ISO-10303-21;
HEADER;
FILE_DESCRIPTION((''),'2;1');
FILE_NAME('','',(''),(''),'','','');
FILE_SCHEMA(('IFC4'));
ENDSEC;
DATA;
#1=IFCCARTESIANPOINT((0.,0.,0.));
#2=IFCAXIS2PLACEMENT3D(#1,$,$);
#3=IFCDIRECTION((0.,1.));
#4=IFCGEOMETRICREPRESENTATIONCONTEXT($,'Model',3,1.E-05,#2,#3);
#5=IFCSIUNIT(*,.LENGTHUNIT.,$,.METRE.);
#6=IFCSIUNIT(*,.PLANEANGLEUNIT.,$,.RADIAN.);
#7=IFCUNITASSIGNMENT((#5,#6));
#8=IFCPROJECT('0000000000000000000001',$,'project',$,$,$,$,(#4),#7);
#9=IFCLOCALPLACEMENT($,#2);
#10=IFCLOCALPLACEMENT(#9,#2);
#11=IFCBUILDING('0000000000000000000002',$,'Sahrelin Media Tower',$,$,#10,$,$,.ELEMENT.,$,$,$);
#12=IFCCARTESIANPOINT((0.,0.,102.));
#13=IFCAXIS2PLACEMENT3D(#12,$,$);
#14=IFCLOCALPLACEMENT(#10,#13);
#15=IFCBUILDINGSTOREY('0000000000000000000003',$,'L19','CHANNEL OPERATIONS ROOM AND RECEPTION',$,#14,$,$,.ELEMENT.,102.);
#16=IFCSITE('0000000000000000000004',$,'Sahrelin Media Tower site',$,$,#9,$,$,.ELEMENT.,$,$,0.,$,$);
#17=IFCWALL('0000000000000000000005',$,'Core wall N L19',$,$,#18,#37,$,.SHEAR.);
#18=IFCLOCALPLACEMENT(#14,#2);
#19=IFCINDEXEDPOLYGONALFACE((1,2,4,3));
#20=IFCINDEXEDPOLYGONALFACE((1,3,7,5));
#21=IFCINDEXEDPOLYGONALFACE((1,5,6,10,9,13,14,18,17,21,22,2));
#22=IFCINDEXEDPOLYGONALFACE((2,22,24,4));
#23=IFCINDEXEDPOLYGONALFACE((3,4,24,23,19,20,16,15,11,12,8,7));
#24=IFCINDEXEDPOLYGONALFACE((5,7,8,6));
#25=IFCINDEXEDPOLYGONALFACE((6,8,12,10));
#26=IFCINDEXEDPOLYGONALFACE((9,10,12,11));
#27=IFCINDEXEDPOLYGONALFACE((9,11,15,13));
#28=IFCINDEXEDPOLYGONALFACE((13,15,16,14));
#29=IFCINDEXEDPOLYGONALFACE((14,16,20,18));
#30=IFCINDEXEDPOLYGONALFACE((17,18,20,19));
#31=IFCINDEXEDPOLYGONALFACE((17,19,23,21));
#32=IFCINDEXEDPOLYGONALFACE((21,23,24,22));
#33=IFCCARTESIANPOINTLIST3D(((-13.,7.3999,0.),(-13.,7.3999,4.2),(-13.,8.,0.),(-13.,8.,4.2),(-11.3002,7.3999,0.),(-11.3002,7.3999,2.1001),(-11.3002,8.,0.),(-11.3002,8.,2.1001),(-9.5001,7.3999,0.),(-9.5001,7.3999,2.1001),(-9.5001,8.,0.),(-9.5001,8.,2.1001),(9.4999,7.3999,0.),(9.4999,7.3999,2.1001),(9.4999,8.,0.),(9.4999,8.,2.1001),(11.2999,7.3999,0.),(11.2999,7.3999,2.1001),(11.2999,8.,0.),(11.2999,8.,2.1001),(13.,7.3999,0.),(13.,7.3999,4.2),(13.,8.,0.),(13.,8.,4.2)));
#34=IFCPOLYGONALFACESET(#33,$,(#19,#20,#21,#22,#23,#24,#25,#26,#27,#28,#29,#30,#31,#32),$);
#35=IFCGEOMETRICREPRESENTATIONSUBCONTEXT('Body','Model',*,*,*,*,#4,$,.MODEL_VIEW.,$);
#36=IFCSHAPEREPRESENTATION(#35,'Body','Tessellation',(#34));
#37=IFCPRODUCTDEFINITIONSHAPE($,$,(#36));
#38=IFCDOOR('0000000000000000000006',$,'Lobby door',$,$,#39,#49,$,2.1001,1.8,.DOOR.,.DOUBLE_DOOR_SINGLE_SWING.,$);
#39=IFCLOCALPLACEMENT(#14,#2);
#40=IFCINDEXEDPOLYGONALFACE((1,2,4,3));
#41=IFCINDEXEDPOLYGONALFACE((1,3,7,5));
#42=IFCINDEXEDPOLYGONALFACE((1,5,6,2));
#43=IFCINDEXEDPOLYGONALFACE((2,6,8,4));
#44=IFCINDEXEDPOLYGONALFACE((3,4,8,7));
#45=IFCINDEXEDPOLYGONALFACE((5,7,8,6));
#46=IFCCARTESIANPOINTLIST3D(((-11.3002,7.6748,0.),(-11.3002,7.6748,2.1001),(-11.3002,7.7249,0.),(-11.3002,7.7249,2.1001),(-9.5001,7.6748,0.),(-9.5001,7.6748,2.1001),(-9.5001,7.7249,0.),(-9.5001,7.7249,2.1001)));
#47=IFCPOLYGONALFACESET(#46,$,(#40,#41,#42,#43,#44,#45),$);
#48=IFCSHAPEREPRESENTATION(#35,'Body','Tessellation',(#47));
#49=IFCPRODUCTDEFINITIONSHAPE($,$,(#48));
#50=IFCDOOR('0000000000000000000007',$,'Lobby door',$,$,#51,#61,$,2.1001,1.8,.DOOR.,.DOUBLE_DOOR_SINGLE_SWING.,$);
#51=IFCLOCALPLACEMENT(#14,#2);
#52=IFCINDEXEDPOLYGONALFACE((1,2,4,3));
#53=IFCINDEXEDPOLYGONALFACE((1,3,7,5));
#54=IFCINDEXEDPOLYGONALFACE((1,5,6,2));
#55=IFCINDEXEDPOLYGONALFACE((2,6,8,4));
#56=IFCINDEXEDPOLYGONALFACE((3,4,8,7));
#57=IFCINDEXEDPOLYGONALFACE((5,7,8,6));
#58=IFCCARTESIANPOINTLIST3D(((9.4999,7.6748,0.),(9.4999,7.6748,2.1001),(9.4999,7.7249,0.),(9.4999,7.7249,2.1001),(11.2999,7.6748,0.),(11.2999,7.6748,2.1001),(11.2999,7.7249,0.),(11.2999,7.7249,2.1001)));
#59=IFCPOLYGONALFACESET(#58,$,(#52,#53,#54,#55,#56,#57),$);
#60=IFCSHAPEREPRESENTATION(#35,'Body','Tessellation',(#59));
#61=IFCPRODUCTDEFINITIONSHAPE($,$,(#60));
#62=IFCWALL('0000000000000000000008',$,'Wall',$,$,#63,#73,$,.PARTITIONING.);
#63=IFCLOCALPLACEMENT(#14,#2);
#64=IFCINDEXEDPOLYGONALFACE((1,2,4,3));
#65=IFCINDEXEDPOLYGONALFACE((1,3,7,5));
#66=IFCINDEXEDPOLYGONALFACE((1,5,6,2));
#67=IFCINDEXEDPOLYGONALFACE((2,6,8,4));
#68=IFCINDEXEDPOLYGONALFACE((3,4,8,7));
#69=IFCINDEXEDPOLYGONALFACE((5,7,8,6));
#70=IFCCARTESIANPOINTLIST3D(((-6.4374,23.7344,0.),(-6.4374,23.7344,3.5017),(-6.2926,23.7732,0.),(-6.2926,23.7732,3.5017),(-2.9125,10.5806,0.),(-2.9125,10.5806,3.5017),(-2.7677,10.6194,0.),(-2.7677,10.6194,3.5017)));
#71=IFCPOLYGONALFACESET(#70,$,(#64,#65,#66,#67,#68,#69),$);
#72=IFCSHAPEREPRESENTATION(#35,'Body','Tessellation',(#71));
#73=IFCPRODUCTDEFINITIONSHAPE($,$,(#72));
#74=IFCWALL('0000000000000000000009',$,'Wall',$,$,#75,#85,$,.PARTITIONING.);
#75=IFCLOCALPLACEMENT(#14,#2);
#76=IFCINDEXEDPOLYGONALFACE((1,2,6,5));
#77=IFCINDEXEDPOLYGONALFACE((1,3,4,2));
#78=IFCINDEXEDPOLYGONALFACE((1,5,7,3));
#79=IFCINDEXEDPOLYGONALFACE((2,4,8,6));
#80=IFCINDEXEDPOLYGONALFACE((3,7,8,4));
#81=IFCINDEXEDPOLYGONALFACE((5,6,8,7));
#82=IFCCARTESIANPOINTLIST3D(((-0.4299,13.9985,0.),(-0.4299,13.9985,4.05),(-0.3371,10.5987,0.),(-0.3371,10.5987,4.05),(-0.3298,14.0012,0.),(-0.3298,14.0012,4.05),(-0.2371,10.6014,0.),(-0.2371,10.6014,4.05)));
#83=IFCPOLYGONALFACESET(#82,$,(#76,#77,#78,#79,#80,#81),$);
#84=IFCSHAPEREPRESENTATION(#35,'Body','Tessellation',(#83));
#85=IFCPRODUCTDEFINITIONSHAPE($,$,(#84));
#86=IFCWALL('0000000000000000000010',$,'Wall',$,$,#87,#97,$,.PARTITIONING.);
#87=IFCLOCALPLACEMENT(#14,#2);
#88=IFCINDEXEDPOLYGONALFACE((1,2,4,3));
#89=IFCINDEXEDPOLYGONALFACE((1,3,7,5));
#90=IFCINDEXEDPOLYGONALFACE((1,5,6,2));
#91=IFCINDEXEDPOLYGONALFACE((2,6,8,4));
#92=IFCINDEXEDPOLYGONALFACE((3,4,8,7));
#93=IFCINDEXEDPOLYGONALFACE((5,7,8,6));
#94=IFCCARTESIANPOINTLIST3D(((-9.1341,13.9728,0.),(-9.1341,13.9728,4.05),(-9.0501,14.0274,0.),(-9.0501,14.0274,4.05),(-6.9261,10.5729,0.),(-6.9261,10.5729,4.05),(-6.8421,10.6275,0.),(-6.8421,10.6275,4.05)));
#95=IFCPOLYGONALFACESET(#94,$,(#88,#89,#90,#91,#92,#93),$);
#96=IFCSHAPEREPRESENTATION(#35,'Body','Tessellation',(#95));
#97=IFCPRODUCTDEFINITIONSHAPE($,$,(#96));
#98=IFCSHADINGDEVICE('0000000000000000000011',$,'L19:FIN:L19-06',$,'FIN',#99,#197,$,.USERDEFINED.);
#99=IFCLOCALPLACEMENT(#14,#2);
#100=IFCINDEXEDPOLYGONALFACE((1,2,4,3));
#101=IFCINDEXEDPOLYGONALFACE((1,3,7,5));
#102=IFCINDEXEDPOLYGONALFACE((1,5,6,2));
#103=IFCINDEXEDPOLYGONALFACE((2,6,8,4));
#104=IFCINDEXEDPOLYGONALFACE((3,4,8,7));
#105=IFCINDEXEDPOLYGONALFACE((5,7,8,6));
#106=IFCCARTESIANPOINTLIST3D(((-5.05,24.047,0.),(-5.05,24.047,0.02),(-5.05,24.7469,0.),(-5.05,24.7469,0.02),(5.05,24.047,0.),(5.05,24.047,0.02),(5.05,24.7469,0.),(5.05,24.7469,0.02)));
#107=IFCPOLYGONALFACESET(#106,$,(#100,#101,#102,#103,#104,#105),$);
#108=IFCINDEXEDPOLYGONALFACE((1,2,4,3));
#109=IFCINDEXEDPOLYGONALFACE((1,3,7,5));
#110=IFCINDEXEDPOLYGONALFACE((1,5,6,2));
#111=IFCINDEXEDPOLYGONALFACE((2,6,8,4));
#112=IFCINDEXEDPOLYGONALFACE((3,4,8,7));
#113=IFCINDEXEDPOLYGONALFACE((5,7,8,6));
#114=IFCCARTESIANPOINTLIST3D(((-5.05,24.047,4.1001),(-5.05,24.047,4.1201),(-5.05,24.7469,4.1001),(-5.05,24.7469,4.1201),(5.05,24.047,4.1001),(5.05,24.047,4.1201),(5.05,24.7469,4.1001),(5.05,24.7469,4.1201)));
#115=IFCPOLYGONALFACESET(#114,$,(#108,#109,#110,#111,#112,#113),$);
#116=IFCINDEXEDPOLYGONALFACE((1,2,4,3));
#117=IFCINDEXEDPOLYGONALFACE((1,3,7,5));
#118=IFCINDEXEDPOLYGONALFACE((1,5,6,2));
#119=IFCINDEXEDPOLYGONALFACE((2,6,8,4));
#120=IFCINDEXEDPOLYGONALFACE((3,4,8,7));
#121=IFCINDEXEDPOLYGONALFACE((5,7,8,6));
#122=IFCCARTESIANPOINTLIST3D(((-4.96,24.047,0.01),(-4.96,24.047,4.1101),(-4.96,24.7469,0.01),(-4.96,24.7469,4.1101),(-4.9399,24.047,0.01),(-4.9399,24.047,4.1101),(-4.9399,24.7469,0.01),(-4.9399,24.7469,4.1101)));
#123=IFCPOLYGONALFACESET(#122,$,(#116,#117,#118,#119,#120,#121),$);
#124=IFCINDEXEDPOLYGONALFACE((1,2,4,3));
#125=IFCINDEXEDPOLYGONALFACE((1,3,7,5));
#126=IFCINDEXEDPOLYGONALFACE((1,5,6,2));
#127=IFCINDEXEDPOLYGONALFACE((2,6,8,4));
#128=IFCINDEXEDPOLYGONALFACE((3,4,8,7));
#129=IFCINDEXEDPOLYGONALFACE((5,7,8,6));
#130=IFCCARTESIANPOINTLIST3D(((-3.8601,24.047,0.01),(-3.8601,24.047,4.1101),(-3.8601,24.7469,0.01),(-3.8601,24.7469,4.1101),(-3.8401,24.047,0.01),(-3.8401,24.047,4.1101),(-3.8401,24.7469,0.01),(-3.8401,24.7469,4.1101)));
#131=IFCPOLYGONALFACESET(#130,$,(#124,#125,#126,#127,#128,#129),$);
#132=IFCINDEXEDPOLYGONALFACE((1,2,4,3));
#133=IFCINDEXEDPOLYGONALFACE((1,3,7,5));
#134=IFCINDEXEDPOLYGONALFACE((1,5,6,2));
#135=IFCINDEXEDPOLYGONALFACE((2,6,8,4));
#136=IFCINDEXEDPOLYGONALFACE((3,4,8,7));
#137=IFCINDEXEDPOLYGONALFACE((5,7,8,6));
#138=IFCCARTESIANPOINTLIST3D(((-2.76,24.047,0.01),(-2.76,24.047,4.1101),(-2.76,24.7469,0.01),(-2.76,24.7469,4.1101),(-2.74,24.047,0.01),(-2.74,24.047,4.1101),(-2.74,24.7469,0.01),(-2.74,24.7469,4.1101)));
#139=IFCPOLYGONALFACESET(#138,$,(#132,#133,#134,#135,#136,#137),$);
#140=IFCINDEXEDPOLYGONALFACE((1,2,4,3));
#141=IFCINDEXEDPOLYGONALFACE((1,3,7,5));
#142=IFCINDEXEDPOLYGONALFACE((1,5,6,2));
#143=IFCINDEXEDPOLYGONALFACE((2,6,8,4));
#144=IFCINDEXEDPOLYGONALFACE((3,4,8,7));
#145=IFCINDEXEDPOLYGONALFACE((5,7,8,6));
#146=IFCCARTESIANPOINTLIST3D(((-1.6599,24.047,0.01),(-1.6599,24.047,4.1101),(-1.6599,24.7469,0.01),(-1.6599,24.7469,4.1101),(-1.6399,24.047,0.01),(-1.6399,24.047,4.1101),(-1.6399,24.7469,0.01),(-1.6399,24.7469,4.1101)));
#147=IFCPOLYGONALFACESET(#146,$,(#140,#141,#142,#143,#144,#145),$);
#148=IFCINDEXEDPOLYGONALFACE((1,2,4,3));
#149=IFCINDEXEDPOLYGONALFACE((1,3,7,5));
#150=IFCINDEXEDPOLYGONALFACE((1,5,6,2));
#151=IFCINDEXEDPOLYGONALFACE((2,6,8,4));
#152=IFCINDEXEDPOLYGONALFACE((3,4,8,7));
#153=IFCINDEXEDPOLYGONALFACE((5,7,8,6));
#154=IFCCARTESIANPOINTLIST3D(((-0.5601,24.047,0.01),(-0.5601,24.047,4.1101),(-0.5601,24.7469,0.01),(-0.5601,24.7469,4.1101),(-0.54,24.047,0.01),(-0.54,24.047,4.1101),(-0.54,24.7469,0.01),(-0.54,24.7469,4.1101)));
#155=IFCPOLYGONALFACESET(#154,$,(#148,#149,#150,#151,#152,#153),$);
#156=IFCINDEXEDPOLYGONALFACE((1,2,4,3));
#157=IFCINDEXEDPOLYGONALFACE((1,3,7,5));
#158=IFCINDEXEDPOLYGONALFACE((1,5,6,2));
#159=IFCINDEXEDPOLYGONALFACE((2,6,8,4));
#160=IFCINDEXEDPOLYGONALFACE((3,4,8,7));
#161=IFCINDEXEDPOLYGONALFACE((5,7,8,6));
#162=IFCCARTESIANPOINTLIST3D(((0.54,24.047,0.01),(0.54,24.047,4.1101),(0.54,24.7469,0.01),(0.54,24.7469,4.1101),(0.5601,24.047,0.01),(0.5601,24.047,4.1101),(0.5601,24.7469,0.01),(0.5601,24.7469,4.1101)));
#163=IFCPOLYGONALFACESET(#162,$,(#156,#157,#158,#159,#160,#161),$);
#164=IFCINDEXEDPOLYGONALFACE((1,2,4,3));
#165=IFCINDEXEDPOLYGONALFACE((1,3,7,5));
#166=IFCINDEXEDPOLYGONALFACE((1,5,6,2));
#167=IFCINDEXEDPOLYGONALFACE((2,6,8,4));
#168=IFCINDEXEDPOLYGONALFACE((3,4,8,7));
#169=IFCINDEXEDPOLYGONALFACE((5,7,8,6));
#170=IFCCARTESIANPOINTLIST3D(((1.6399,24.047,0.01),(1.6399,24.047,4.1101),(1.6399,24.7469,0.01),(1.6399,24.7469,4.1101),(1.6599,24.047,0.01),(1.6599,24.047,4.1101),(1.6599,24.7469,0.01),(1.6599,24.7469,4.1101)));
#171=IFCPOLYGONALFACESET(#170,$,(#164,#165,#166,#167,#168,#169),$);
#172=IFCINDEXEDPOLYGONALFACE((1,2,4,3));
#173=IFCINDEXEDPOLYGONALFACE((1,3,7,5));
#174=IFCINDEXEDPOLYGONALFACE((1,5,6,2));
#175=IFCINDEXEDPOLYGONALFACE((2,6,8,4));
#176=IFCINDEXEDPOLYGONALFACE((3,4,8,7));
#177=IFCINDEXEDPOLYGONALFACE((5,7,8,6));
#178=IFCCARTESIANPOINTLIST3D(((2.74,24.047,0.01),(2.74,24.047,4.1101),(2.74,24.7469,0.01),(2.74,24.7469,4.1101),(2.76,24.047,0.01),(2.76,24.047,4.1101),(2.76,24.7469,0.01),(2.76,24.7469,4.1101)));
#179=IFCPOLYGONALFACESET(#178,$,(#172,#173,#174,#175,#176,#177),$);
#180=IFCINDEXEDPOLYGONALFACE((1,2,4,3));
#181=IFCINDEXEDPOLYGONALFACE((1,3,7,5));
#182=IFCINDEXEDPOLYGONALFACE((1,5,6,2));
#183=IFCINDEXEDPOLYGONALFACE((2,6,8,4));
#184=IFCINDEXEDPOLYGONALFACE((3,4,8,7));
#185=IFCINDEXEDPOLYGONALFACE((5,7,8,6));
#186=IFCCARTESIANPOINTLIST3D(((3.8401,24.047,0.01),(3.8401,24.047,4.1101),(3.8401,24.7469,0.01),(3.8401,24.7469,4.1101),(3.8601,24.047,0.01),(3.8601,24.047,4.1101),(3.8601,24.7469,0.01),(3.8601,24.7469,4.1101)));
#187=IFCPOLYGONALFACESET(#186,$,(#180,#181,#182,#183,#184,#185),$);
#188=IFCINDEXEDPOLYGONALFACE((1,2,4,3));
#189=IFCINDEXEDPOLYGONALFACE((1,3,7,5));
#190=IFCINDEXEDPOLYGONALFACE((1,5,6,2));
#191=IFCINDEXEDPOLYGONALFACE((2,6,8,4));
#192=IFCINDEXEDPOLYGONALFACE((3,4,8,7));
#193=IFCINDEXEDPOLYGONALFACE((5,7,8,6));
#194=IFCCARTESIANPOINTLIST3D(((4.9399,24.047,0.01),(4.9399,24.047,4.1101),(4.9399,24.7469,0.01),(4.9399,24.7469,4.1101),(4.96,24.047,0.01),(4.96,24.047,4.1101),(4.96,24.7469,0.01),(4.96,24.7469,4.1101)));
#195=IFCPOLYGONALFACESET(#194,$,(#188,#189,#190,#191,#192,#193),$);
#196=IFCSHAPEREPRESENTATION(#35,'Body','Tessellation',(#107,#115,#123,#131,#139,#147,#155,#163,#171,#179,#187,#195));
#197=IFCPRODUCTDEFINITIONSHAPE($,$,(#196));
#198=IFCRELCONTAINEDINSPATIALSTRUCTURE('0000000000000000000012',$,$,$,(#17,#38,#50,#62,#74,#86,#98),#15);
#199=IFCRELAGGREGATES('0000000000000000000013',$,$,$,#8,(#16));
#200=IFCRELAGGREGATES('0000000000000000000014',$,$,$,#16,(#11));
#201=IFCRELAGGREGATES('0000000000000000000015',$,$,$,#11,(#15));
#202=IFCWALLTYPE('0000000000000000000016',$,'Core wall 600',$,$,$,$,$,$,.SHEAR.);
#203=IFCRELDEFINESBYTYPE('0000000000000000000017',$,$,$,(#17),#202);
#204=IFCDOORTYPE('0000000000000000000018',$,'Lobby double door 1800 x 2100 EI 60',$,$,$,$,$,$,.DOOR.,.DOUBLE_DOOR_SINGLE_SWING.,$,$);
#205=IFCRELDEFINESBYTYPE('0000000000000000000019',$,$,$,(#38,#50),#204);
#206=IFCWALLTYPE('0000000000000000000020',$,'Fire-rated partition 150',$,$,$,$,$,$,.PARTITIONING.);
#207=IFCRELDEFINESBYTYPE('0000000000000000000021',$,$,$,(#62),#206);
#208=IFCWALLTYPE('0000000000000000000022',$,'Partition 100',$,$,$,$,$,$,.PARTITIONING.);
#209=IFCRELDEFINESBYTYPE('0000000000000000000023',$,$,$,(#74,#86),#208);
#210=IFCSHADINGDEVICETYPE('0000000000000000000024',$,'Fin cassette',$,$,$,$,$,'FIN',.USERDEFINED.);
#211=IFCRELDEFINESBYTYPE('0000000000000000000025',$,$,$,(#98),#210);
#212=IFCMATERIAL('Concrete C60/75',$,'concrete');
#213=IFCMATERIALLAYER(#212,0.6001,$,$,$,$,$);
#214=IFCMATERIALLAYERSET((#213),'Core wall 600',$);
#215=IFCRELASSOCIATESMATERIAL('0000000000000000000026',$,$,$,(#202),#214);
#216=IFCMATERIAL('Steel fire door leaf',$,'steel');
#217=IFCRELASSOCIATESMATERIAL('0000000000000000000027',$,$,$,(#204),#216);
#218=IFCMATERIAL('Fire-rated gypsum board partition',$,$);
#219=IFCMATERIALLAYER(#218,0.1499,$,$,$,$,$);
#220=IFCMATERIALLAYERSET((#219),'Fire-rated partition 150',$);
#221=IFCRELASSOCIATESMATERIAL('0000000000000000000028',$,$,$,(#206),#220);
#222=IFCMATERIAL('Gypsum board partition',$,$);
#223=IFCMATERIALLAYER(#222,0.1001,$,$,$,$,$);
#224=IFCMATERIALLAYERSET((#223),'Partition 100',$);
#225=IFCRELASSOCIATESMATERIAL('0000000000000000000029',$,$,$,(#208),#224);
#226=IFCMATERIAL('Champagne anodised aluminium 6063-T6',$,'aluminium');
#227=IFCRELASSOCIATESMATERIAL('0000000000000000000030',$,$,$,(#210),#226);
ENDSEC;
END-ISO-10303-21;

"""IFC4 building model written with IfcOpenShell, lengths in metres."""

from ifc_helpers import new_model, si_unit, direction, frame, frame_2d, origin, origin_2d, place, context, subcontext, project, spatial, rectangle, extrude, material, layer, layer_set, type_object, element, fill, save


model = new_model("IFC4")

# Units and contexts
model_context = context("Model", 3, precision=1e-05, world=origin(), true_north=direction((0.0, 1.0)))
body_context = subcontext(model_context, "Body", "Model", "MODEL_VIEW")
ifc_project = project(units=[si_unit("LENGTHUNIT", "METRE"), si_unit("PLANEANGLEUNIT", "RADIAN")], contexts=[model_context])

# Site, building, storey
site_placement = place(None, origin())
site = spatial("IfcSite", under=ifc_project, at=site_placement, Name="Sahrelin Media Tower site", CompositionType="ELEMENT", RefElevation=0.0)
building_placement = place(site_placement, origin())
building = spatial("IfcBuilding", under=site, at=building_placement, Name="Sahrelin Media Tower", CompositionType="ELEMENT")
storey_placement = place(building_placement, frame((0.0, 0.0, 102.0)))
storey = spatial("IfcBuildingStorey", under=building, at=storey_placement, Name="L19", Description="CHANNEL OPERATIONS ROOM AND RECEPTION", CompositionType="ELEMENT", Elevation=102.0)

# Shared definitions
ifc_material_1 = material(Name="Champagne anodised aluminium 6063-T6", Category="aluminium")
placement_1 = place(storey_placement, frame((0.0, 23.9771, 0.0), z_axis=(0.0, 0.0, 1.0), x_axis=(1.0, 0.0, 0.0)))

# Wall, openings, doors
ifc_material_2 = material(Name="Concrete C60/75", Category="concrete")
ifc_layer_1 = layer(ifc_material_2, 0.6001)
ifc_layer_set_1 = layer_set([ifc_layer_1], Name="Core wall 600")
wall_type_1 = type_object("IfcWallType", Name="Core wall 600", PredefinedType="SHEAR", material=ifc_layer_set_1)
wall_1_placement = place(storey_placement, frame((-13.0, 7.7, 0.0), z_axis=(0.0, 0.0, 1.0), x_axis=(1.0, 0.0, 0.0)))
wall_1 = element("IfcWall", 1, at=wall_1_placement, inside=storey, type_object=wall_type_1, Name="Core wall N L19", PredefinedType="SHEAR", context=body_context, shape_type="SweptSolid", body=[
    extrude(rectangle(XDim=26.0, YDim=0.6001, at=frame_2d((13.0, 0.0))), origin(), (0.0, 0.0, 1.0), 4.2),
])
opening_1_placement = place(wall_1_placement, frame((1.7, 0.0, 0.0)))
opening_1 = element("IfcOpeningElement", 2, at=opening_1_placement, cuts=wall_1, PredefinedType="OPENING", context=body_context, shape_type="SweptSolid", body=[
    extrude(rectangle(XDim=1.8, YDim=2.1001, at=frame_2d((0.8999, 1.05))), frame((0.0, 0.3, 0.0), z_axis=(0.0, -1.0, 0.0), x_axis=(1.0, 0.0, 0.0)), (0.0, 0.0, 1.0), 0.6001),
])
opening_2_placement = place(wall_1_placement, frame((22.5, 0.0, 0.0)))
opening_2 = element("IfcOpeningElement", 3, at=opening_2_placement, cuts=wall_1, PredefinedType="OPENING", context=body_context, shape_type="SweptSolid", body=[
    extrude(rectangle(XDim=1.8, YDim=2.1001, at=frame_2d((0.8999, 1.05))), frame((0.0, 0.3, 0.0), z_axis=(0.0, -1.0, 0.0), x_axis=(1.0, 0.0, 0.0)), (0.0, 0.0, 1.0), 0.6001),
])
ifc_material_3 = material(Name="Steel fire door leaf", Category="steel")
door_type = type_object("IfcDoorType", Name="Lobby double door 1800 x 2100 EI 60", OperationType="DOUBLE_DOOR_SINGLE_SWING", PredefinedType="DOOR", material=ifc_material_3)
door_1_placement = place(opening_1_placement, origin())
door_1 = element("IfcDoor", 4, at=door_1_placement, inside=storey, type_object=door_type, Name="Lobby door", OperationType="DOUBLE_DOOR_SINGLE_SWING", OverallHeight=2.1001, OverallWidth=1.8, PredefinedType="DOOR", context=body_context, shape_type="SweptSolid", body=[
    extrude(rectangle(XDim=1.8, YDim=2.1001, at=frame_2d((0.8999, 1.05))), frame((0.0, 0.0249, 0.0), z_axis=(0.0, -1.0, 0.0), x_axis=(1.0, 0.0, 0.0)), (0.0, 0.0, 1.0), 0.05),
])
fill(opening_1, door_1)
door_2_placement = place(opening_2_placement, origin())
door_2 = element("IfcDoor", 5, at=door_2_placement, inside=storey, type_object=door_type, Name="Lobby door", OperationType="DOUBLE_DOOR_SINGLE_SWING", OverallHeight=2.1001, OverallWidth=1.8, PredefinedType="DOOR", context=body_context, shape_type="SweptSolid", body=[
    extrude(rectangle(XDim=1.8, YDim=2.1001, at=frame_2d((0.8999, 1.05))), frame((0.0, 0.0249, 0.0), z_axis=(0.0, -1.0, 0.0), x_axis=(1.0, 0.0, 0.0)), (0.0, 0.0, 1.0), 0.05),
])
fill(opening_2, door_2)

# Walls
ifc_material_4 = material(Name="Fire-rated gypsum board partition")
ifc_layer_2 = layer(ifc_material_4, 0.1499)
ifc_layer_set_2 = layer_set([ifc_layer_2], Name="Fire-rated partition 150")
wall_type_2 = type_object("IfcWallType", Name="Fire-rated partition 150", PredefinedType="PARTITIONING", material=ifc_layer_set_2)
wall_2_placement = place(storey_placement, frame((-6.365, 23.7539, 0.0), z_axis=(0.0, 0.0, 1.0), x_axis=(0.258843, -0.965919, 0.0)))
element("IfcWall", 6, at=wall_2_placement, inside=storey, type_object=wall_type_2, Name="Wall", PredefinedType="PARTITIONING", context=body_context, shape_type="SweptSolid", body=[
    extrude(rectangle(XDim=13.6179, YDim=0.1499, at=frame_2d((6.8091, 0.0))), origin(), (0.0, 0.0, 1.0), 3.5017),
])
ifc_material_5 = material(Name="Gypsum board partition")
ifc_layer_3 = layer(ifc_material_5, 0.1001)
ifc_layer_set_3 = layer_set([ifc_layer_3], Name="Partition 100")
wall_type_3 = type_object("IfcWallType", Name="Partition 100", PredefinedType="PARTITIONING", material=ifc_layer_set_3)
wall_3_placement = place(storey_placement, frame((-0.3799, 14.0, 0.0), z_axis=(0.0, 0.0, 1.0), x_axis=(0.027277, -0.999628, 0.0)))
element("IfcWall", 7, at=wall_3_placement, inside=storey, type_object=wall_type_3, Name="Wall", PredefinedType="PARTITIONING", context=body_context, shape_type="SweptSolid", body=[
    extrude(rectangle(XDim=3.4011, YDim=0.1001, at=frame_2d((1.7007, 0.0))), origin(), (0.0, 0.0, 1.0), 4.05),
])
wall_4_placement = place(storey_placement, frame((-9.092, 14.0, 0.0), z_axis=(0.0, 0.0, 1.0), x_axis=(0.544654, -0.838661, 0.0)))
element("IfcWall", 8, at=wall_4_placement, inside=storey, type_object=wall_type_3, Name="Wall", PredefinedType="PARTITIONING", context=body_context, shape_type="SweptSolid", body=[
    extrude(rectangle(XDim=4.054, YDim=0.1001, at=frame_2d((2.0269, 0.0))), origin(), (0.0, 0.0, 1.0), 4.05),
])

# Shading device
shading_device_type_1 = type_object("IfcShadingDeviceType", Name="Fin cassette", ElementType="FIN", PredefinedType="USERDEFINED", material=ifc_material_1)
element("IfcShadingDevice", 9, at=placement_1, inside=storey, type_object=shading_device_type_1, Name="L19:FIN:L19-06", ObjectType="FIN", PredefinedType="USERDEFINED", context=body_context, shape_type="SweptSolid", body=[
    extrude(rectangle(XDim=10.1001, YDim=0.7, at=origin_2d()), frame((0.0, 0.4199, 0.0)), (0.0, 0.0, 1.0), 0.02),
    extrude(rectangle(XDim=10.1001, YDim=0.7, at=origin_2d()), frame((0.0, 0.4199, 4.1001)), (0.0, 0.0, 1.0), 0.02),
    extrude(rectangle(XDim=0.02, YDim=0.7, at=origin_2d()), frame((-4.95, 0.4199, 0.01), z_axis=(0.0, 0.0, 1.0), x_axis=(1.0, 0.0, 0.0)), (0.0, 0.0, 1.0), 4.1001),
    extrude(rectangle(XDim=0.02, YDim=0.7, at=origin_2d()), frame((-3.8501, 0.4199, 0.01), z_axis=(0.0, 0.0, 1.0), x_axis=(1.0, 0.0, 0.0)), (0.0, 0.0, 1.0), 4.1001),
    extrude(rectangle(XDim=0.02, YDim=0.7, at=origin_2d()), frame((-2.75, 0.4199, 0.01), z_axis=(0.0, 0.0, 1.0), x_axis=(1.0, 0.0, 0.0)), (0.0, 0.0, 1.0), 4.1001),
    extrude(rectangle(XDim=0.02, YDim=0.7, at=origin_2d()), frame((-1.6499, 0.4199, 0.01), z_axis=(0.0, 0.0, 1.0), x_axis=(1.0, 0.0, 0.0)), (0.0, 0.0, 1.0), 4.1001),
    extrude(rectangle(XDim=0.02, YDim=0.7, at=origin_2d()), frame((-0.55, 0.4199, 0.01), z_axis=(0.0, 0.0, 1.0), x_axis=(1.0, 0.0, 0.0)), (0.0, 0.0, 1.0), 4.1001),
    extrude(rectangle(XDim=0.02, YDim=0.7, at=origin_2d()), frame((0.55, 0.4199, 0.01), z_axis=(0.0, 0.0, 1.0), x_axis=(1.0, 0.0, 0.0)), (0.0, 0.0, 1.0), 4.1001),
    extrude(rectangle(XDim=0.02, YDim=0.7, at=origin_2d()), frame((1.6499, 0.4199, 0.01), z_axis=(0.0, 0.0, 1.0), x_axis=(1.0, 0.0, 0.0)), (0.0, 0.0, 1.0), 4.1001),
    extrude(rectangle(XDim=0.02, YDim=0.7, at=origin_2d()), frame((2.75, 0.4199, 0.01), z_axis=(0.0, 0.0, 1.0), x_axis=(1.0, 0.0, 0.0)), (0.0, 0.0, 1.0), 4.1001),
    extrude(rectangle(XDim=0.02, YDim=0.7, at=origin_2d()), frame((3.8501, 0.4199, 0.01), z_axis=(0.0, 0.0, 1.0), x_axis=(1.0, 0.0, 0.0)), (0.0, 0.0, 1.0), 4.1001),
    extrude(rectangle(XDim=0.02, YDim=0.7, at=origin_2d()), frame((4.95, 0.4199, 0.01), z_axis=(0.0, 0.0, 1.0), x_axis=(1.0, 0.0, 0.0)), (0.0, 0.0, 1.0), 4.1001),
])

save(model, "model.ifc")
